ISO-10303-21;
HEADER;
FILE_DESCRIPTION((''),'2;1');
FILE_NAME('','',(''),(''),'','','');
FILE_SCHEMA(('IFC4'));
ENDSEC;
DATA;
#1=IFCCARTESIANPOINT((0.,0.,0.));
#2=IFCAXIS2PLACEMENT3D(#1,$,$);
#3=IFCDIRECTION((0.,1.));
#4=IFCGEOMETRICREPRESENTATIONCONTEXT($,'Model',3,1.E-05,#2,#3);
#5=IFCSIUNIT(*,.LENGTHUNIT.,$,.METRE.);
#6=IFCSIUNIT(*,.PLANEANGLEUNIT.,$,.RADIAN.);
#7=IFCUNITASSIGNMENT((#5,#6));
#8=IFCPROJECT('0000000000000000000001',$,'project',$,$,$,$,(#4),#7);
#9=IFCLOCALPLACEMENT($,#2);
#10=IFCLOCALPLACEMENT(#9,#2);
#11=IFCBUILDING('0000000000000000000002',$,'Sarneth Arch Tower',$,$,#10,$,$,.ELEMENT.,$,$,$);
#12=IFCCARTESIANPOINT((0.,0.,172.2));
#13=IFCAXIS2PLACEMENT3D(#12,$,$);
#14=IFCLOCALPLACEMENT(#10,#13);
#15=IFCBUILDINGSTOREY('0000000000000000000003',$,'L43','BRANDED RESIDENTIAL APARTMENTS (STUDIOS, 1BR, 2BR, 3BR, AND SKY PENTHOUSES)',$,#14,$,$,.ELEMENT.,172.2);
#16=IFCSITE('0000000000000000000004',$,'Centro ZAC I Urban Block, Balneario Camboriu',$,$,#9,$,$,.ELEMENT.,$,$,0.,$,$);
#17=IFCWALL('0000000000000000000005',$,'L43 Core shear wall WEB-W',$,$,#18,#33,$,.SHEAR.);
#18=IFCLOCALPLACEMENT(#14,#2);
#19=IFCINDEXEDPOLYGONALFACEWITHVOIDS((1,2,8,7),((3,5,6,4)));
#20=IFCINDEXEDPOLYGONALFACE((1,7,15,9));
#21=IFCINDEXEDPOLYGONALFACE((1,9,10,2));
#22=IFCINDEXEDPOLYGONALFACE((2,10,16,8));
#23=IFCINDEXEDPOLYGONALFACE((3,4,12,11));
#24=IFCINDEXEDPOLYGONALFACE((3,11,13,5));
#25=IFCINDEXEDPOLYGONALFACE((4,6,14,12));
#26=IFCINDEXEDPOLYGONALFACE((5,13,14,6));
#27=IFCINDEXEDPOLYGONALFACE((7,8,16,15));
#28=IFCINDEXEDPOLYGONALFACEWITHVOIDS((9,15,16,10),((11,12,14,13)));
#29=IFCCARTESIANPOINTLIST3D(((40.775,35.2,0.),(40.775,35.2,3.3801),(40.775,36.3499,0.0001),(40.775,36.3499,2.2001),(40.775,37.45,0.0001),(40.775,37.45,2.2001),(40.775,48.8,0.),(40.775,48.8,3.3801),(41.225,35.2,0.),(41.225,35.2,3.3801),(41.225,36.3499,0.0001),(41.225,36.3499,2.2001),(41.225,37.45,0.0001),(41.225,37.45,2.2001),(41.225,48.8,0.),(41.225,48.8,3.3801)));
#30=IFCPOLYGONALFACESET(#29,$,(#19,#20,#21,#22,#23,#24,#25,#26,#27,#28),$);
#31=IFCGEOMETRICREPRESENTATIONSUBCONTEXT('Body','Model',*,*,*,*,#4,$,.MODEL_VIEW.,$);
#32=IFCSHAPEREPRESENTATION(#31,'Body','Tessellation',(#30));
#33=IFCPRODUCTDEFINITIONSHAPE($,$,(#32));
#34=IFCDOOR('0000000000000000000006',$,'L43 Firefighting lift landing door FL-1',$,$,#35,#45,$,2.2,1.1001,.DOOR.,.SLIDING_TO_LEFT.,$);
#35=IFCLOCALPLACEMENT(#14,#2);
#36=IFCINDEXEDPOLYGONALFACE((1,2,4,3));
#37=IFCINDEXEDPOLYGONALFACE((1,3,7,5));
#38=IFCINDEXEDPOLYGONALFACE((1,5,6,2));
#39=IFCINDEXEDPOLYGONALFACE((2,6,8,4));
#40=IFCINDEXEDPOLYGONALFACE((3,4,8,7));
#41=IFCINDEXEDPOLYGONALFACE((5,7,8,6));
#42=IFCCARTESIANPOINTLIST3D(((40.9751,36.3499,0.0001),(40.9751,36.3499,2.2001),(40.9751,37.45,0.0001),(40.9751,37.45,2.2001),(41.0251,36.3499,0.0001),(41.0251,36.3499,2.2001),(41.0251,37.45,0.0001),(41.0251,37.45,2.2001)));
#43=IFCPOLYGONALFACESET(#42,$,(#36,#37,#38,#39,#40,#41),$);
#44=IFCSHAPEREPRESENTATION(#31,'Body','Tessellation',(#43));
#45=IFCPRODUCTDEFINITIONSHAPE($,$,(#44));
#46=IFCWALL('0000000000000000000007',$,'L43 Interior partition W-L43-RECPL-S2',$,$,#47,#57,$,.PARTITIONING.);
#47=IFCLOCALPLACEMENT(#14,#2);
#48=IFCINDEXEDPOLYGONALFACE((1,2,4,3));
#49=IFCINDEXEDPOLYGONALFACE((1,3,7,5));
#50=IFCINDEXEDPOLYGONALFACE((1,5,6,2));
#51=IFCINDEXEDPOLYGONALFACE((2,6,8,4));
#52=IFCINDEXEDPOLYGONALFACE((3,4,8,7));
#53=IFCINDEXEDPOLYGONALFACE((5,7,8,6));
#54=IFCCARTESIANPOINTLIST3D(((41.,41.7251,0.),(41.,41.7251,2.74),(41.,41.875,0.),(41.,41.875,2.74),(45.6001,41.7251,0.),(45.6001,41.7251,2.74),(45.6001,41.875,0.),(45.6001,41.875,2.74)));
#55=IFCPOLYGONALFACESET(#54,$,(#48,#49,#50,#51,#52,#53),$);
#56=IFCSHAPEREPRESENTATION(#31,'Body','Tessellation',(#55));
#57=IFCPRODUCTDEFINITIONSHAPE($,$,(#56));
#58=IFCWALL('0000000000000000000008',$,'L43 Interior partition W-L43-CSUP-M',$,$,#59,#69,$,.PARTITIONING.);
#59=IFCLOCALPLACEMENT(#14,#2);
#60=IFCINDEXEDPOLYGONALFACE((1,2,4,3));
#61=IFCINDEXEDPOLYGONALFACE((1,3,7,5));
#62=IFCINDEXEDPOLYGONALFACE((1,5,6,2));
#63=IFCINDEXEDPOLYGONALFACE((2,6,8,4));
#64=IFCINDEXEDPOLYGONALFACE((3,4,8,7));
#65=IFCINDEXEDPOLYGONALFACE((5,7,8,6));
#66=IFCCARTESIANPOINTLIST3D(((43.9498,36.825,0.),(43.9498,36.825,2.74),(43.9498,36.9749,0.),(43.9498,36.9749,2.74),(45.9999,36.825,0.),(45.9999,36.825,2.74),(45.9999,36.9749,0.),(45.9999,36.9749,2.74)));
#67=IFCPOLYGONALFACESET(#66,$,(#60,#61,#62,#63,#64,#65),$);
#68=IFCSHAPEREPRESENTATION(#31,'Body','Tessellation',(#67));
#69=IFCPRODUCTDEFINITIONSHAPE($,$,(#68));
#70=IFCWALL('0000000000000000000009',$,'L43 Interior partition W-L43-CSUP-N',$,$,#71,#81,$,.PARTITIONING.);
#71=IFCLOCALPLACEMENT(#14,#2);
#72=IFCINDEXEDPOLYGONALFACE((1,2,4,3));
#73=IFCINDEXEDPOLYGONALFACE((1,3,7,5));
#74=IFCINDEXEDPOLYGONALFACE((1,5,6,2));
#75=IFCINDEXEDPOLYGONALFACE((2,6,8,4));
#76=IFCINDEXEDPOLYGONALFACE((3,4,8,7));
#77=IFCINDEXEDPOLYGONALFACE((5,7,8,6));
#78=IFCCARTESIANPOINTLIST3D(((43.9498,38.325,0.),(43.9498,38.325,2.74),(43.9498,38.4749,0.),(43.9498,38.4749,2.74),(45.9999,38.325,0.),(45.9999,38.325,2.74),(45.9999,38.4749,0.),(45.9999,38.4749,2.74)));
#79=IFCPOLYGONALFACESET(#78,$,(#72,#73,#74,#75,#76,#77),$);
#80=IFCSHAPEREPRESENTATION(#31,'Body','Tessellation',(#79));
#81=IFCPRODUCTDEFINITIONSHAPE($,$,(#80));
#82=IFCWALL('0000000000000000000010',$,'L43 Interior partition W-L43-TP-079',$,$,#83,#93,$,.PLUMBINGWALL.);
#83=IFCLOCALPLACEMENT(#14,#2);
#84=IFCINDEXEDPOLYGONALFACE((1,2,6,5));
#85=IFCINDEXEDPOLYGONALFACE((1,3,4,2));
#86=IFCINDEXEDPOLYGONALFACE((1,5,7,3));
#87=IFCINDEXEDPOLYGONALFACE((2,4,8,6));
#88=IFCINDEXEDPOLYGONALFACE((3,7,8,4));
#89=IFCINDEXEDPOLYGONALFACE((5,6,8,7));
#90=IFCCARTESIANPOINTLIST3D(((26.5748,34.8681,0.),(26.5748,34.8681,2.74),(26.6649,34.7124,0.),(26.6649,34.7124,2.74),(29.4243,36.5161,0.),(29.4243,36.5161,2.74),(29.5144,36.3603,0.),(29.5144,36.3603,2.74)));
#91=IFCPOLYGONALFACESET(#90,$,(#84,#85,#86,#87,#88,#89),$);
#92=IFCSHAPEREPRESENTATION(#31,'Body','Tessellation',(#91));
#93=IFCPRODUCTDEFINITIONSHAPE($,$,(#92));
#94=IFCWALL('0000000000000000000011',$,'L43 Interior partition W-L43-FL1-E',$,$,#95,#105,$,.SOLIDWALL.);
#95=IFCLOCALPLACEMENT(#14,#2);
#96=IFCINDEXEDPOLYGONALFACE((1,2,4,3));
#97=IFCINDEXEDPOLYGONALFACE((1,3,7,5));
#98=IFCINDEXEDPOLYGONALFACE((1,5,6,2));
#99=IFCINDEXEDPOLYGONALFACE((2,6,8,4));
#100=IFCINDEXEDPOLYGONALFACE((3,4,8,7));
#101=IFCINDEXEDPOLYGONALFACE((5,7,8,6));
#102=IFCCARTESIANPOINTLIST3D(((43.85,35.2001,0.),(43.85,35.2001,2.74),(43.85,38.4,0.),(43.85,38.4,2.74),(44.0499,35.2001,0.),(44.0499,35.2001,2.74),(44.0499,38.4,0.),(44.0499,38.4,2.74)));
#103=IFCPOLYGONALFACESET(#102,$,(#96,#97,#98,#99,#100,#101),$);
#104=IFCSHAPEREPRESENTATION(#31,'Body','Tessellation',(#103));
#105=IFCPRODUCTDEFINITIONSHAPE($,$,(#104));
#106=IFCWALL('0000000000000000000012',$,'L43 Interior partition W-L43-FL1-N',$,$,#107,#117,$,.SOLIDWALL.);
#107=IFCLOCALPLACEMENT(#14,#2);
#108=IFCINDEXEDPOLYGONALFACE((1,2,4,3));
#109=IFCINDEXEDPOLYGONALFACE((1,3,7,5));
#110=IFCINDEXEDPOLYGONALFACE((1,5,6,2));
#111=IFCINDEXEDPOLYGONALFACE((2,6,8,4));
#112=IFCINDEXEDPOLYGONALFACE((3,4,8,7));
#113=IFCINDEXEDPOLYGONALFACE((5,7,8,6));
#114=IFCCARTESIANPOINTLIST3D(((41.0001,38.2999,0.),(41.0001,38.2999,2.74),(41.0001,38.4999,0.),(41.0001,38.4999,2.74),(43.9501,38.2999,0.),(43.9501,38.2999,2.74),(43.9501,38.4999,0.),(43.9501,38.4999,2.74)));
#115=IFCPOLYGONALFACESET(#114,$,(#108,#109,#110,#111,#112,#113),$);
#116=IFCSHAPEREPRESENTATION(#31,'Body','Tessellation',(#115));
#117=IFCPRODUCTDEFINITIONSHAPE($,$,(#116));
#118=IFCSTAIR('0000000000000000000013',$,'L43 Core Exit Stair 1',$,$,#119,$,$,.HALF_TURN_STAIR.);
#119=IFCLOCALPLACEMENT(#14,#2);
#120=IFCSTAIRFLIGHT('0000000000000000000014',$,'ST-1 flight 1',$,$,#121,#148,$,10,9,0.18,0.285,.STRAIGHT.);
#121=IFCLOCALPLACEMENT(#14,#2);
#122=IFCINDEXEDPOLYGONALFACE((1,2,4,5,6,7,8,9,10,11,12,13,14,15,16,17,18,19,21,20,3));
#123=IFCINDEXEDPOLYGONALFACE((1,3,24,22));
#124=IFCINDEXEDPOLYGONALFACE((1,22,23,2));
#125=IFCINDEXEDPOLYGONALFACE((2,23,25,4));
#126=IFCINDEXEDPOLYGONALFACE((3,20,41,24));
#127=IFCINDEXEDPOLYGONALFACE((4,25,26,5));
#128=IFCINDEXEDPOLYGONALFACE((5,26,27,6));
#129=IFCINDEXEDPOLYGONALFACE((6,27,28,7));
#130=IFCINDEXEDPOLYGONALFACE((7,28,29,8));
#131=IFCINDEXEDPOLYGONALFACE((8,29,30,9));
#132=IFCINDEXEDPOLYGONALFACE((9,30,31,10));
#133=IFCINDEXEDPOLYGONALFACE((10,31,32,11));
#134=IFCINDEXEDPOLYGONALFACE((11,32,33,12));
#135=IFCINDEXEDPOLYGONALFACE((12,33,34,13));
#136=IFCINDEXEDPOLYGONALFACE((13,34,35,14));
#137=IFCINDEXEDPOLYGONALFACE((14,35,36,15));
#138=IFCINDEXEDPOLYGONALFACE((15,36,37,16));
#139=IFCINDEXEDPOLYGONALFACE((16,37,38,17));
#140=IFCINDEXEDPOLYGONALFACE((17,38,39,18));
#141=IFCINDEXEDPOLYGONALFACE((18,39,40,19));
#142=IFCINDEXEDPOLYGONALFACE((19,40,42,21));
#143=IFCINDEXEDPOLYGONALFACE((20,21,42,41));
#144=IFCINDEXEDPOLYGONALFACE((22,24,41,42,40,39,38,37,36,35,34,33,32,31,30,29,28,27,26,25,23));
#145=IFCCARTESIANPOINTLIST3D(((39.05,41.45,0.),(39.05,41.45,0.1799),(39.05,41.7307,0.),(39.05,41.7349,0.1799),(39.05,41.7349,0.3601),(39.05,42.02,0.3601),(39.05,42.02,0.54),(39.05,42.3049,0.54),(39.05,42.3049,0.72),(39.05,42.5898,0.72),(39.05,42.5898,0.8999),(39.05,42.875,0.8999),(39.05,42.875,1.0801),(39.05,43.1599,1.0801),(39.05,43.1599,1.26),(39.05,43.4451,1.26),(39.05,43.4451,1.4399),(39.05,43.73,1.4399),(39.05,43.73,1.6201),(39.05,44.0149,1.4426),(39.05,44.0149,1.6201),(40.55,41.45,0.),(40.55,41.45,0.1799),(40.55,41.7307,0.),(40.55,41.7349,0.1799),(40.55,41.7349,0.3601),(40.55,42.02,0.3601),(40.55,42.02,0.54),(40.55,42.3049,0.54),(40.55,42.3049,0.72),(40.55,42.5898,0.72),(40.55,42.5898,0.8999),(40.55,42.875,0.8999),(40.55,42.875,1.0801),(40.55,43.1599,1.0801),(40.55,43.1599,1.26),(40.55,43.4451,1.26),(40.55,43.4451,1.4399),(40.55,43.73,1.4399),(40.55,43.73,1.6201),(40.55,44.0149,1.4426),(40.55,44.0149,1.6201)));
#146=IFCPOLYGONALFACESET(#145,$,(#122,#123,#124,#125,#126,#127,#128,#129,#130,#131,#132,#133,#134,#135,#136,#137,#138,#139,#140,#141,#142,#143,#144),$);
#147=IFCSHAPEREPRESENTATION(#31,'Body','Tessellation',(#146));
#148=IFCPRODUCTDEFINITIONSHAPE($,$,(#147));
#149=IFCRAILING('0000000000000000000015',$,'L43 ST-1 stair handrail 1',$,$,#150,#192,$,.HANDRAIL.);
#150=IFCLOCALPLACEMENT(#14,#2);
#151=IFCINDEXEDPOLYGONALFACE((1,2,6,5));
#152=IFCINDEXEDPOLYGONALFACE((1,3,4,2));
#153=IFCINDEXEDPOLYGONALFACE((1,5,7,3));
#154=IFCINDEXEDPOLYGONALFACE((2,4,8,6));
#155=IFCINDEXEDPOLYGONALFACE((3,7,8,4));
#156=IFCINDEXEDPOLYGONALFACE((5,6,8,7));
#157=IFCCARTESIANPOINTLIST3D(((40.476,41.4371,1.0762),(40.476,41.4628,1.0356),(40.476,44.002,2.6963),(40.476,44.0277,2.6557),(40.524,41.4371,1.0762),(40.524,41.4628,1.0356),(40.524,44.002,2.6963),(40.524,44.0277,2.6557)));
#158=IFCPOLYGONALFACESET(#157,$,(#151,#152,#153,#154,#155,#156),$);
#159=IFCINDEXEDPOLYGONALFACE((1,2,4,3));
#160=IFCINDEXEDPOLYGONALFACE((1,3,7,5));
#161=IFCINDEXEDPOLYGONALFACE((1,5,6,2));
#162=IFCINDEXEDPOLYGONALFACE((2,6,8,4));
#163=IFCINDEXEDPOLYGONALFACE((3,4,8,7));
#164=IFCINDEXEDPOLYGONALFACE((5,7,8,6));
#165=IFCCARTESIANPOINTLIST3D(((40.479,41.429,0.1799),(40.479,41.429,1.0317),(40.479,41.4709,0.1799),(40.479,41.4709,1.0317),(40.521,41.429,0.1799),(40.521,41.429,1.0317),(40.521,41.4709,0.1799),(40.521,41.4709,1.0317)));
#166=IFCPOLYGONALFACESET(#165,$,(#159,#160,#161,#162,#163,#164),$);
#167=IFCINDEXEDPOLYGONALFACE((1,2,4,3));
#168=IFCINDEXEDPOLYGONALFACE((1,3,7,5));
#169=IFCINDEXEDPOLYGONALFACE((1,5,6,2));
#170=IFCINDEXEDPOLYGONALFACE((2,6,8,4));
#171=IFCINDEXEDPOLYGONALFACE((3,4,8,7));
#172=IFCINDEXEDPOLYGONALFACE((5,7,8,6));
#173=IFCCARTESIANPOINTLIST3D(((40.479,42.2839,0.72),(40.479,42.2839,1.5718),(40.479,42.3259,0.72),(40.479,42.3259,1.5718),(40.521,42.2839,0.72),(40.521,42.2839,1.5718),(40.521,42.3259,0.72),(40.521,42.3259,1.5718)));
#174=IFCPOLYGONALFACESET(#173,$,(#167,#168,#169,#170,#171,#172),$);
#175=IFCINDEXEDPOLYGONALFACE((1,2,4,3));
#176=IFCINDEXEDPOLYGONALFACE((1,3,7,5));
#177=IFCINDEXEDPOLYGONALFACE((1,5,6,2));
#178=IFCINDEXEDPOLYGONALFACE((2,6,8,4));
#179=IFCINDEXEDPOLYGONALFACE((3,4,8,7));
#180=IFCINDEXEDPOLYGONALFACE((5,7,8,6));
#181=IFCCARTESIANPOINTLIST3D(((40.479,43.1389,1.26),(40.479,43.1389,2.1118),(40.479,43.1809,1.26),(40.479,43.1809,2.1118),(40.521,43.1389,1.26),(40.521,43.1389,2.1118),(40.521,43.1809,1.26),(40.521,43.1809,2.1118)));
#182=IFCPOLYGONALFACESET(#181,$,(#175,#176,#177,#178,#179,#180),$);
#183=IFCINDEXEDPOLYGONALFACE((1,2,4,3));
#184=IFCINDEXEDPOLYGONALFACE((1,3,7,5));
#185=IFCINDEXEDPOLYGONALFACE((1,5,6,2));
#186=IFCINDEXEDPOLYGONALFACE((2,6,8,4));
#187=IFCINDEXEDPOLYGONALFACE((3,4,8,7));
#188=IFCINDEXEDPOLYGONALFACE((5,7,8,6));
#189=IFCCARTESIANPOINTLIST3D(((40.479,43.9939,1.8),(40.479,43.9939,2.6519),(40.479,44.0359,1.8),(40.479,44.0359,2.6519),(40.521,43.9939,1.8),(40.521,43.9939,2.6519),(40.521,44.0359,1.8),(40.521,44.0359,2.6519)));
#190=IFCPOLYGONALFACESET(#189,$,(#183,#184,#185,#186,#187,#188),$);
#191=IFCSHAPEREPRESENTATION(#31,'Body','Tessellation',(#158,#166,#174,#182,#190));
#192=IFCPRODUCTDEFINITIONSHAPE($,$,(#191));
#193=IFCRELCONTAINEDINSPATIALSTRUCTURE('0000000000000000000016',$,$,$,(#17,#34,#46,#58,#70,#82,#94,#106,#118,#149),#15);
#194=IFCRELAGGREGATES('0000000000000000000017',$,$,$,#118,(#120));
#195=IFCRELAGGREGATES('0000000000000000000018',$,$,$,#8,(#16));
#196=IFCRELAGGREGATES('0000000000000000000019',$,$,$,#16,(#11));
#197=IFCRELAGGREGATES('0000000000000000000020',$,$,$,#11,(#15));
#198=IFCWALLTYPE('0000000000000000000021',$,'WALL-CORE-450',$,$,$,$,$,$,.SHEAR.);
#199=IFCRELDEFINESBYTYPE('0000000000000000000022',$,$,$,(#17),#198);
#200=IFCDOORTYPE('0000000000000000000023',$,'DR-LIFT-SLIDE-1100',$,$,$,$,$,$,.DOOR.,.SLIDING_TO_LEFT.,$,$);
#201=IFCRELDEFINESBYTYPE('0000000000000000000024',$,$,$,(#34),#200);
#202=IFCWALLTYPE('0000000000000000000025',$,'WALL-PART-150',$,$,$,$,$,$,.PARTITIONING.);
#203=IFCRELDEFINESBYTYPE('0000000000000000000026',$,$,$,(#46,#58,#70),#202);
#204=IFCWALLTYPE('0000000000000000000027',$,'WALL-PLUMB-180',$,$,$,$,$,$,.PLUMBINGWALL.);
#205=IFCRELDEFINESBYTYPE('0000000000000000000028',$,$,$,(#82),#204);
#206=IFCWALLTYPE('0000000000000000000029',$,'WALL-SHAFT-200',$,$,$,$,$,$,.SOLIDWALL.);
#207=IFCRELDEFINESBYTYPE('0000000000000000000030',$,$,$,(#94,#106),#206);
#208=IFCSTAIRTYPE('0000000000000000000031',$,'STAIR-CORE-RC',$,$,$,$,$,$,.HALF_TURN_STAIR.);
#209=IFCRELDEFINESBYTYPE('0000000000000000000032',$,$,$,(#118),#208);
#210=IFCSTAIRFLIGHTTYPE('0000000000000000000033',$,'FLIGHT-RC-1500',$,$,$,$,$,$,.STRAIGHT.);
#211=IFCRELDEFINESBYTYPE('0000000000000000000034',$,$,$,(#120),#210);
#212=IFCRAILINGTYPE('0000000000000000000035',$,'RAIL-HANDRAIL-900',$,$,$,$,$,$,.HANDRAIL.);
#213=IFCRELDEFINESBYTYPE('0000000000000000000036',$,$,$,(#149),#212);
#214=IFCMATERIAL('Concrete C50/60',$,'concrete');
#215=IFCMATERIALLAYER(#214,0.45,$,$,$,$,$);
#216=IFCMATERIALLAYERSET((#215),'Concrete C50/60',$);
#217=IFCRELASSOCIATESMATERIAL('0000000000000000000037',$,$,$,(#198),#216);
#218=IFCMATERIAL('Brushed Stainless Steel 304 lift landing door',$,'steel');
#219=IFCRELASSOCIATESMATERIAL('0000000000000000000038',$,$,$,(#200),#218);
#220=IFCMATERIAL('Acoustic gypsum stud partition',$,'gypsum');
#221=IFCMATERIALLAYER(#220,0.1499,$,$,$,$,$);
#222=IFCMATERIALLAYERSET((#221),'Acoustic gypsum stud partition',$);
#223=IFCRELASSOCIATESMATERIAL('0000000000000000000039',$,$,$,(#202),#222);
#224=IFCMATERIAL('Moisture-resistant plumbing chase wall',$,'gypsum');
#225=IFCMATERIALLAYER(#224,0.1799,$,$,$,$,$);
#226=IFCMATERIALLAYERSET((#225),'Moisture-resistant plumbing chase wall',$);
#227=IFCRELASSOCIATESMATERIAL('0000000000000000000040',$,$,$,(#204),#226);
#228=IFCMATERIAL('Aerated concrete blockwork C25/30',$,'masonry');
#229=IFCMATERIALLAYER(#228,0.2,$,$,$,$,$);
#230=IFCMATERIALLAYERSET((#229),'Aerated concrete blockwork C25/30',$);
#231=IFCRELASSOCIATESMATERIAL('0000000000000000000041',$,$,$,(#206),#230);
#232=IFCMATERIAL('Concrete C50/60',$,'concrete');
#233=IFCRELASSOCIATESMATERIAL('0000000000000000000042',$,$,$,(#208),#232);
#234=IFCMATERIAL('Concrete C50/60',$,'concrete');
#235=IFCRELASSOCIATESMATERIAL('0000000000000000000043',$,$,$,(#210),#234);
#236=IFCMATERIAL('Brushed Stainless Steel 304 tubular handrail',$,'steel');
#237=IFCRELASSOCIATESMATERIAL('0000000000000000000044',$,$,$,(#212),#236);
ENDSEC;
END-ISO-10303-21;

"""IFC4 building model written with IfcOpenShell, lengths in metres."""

from ifc_helpers import new_model, si_unit, direction, frame, frame_2d, origin, origin_2d, place, context, subcontext, project, spatial, polyline, rectangle, outline, extrude, material, layer, layer_set, type_object, element, fill, aggregate, save


model = new_model("IFC4")

# Units and contexts
model_context = context("Model", 3, precision=1e-05, world=origin(), true_north=direction((0.0, 1.0)))
body_context = subcontext(model_context, "Body", "Model", "MODEL_VIEW")
ifc_project = project(units=[si_unit("LENGTHUNIT", "METRE"), si_unit("PLANEANGLEUNIT", "RADIAN")], contexts=[model_context])

# Site, building, storey
site_placement = place(None, origin())
site = spatial("IfcSite", under=ifc_project, at=site_placement, Name="Centro ZAC I Urban Block, Balneario Camboriu", CompositionType="ELEMENT", RefElevation=0.0)
building_placement = place(site_placement, origin())
building = spatial("IfcBuilding", under=site, at=building_placement, Name="Sarneth Arch Tower", CompositionType="ELEMENT")
storey_placement = place(building_placement, frame((0.0, 0.0, 172.2)))
storey = spatial("IfcBuildingStorey", under=building, at=storey_placement, Name="L43", Description="BRANDED RESIDENTIAL APARTMENTS (STUDIOS, 1BR, 2BR, 3BR, AND SKY PENTHOUSES)", CompositionType="ELEMENT", Elevation=172.2)

# Shared definitions
ifc_material_1 = material(Name="Concrete C50/60", Category="concrete")
ifc_layer_1 = layer(ifc_material_1, 0.45)
ifc_layer_set_1 = layer_set([ifc_layer_1], Name="Concrete C50/60")
wall_type_1 = type_object("IfcWallType", Name="WALL-CORE-450", PredefinedType="SHEAR", material=ifc_layer_set_1)

# Wall, opening, door
wall_1_placement = place(storey_placement, frame((41.0, 35.2, 0.0), z_axis=(0.0, 0.0, 1.0), x_axis=(0.0, 1.0, 0.0)))
wall_1 = element("IfcWall", 1, at=wall_1_placement, inside=storey, type_object=wall_type_1, Name="L43 Core shear wall WEB-W", PredefinedType="SHEAR", context=body_context, shape_type="SweptSolid", body=[
    extrude(rectangle(XDim=13.6001, YDim=0.45, at=frame_2d((6.8, 0.0))), origin(), (0.0, 0.0, 1.0), 3.3801),
])
opening_1_placement = place(wall_1_placement, frame((1.1499, 0.0, 0.0)))
opening_1 = element("IfcOpeningElement", 2, at=opening_1_placement, cuts=wall_1, PredefinedType="OPENING", context=body_context, shape_type="SweptSolid", body=[
    extrude(rectangle(XDim=1.1001, YDim=2.2, at=frame_2d((0.55, 1.1001))), frame((0.0, 0.2349, 0.0), z_axis=(0.0, -1.0, 0.0), x_axis=(1.0, 0.0, 0.0)), (0.0, 0.0, 1.0), 0.47),
])
ifc_material_2 = material(Name="Brushed Stainless Steel 304 lift landing door", Category="steel")
door_type_1 = type_object("IfcDoorType", Name="DR-LIFT-SLIDE-1100", OperationType="SLIDING_TO_LEFT", PredefinedType="DOOR", material=ifc_material_2)
door_1_placement = place(opening_1_placement, origin())
door_1 = element("IfcDoor", 3, at=door_1_placement, inside=storey, type_object=door_type_1, Name="L43 Firefighting lift landing door FL-1", OperationType="SLIDING_TO_LEFT", OverallHeight=2.2, OverallWidth=1.1001, PredefinedType="DOOR", context=body_context, shape_type="SweptSolid", body=[
    extrude(rectangle(XDim=1.1001, YDim=2.2, at=frame_2d((0.55, 1.1001))), frame((0.0, 0.0249, 0.0), z_axis=(0.0, -1.0, 0.0), x_axis=(1.0, 0.0, 0.0)), (0.0, 0.0, 1.0), 0.05),
])
fill(opening_1, door_1)
ifc_material_3 = material(Name="Acoustic gypsum stud partition", Category="gypsum")
ifc_layer_2 = layer(ifc_material_3, 0.1499)
ifc_layer_set_2 = layer_set([ifc_layer_2], Name="Acoustic gypsum stud partition")
wall_type_2 = type_object("IfcWallType", Name="WALL-PART-150", PredefinedType="PARTITIONING", material=ifc_layer_set_2)

# Wall
wall_2_placement = place(storey_placement, frame((41.0, 41.8, 0.0), z_axis=(0.0, 0.0, 1.0), x_axis=(1.0, 0.0, 0.0)))
element("IfcWall", 4, at=wall_2_placement, inside=storey, type_object=wall_type_2, Name="L43 Interior partition W-L43-RECPL-S2", PredefinedType="PARTITIONING", context=body_context, shape_type="SweptSolid", body=[
    extrude(rectangle(XDim=4.6001, YDim=0.1499, at=frame_2d((2.3, 0.0))), origin(), (0.0, 0.0, 1.0), 2.74),
])

# Walls
for number, where, z_axis, x_axis, name in (
    (5, (43.95, 36.8999, 0.0), (0.0, 0.0, 1.0), (1.0, 0.0, 0.0), "L43 Interior partition W-L43-CSUP-M"),
    (6, (43.95, 38.3999, 0.0), (0.0, 0.0, 1.0), (1.0, 0.0, 0.0), "L43 Interior partition W-L43-CSUP-N"),
):
    element("IfcWall", number, at=place(storey_placement, frame(where, z_axis=z_axis, x_axis=x_axis)), inside=storey, type_object=wall_type_2, Name=name, PredefinedType="PARTITIONING", context=body_context, shape_type="SweptSolid", body=[
        extrude(rectangle(XDim=2.05, YDim=0.1499, at=frame_2d((1.0249, 0.0))), origin(), (0.0, 0.0, 1.0), 2.74),
    ])

# Wall
ifc_material_4 = material(Name="Moisture-resistant plumbing chase wall", Category="gypsum")
ifc_layer_3 = layer(ifc_material_4, 0.1799)
ifc_layer_set_3 = layer_set([ifc_layer_3], Name="Moisture-resistant plumbing chase wall")
wall_type_3 = type_object("IfcWallType", Name="WALL-PLUMB-180", PredefinedType="PLUMBINGWALL", material=ifc_layer_set_3)
wall_3_placement = place(storey_placement, frame((29.4695, 36.4382, 0.0), z_axis=(0.0, 0.0, 1.0), x_axis=(-0.865667, -0.500621, 0.0)))
element("IfcWall", 7, at=wall_3_placement, inside=storey, type_object=wall_type_3, Name="L43 Interior partition W-L43-TP-079", PredefinedType="PLUMBINGWALL", context=body_context, shape_type="SweptSolid", body=[
    extrude(rectangle(XDim=3.2917, YDim=0.1799, at=frame_2d((1.646, 0.0))), origin(), (0.0, 0.0, 1.0), 2.74),
])

# Shared definitions
ifc_material_5 = material(Name="Aerated concrete blockwork C25/30", Category="masonry")
ifc_layer_4 = layer(ifc_material_5, 0.2)
ifc_layer_set_4 = layer_set([ifc_layer_4], Name="Aerated concrete blockwork C25/30")
wall_type_4 = type_object("IfcWallType", Name="WALL-SHAFT-200", PredefinedType="SOLIDWALL", material=ifc_layer_set_4)

# Walls
wall_4_placement = place(storey_placement, frame((43.95, 35.2, 0.0), z_axis=(0.0, 0.0, 1.0), x_axis=(0.0, 1.0, 0.0)))
element("IfcWall", 8, at=wall_4_placement, inside=storey, type_object=wall_type_4, Name="L43 Interior partition W-L43-FL1-E", PredefinedType="SOLIDWALL", context=body_context, shape_type="SweptSolid", body=[
    extrude(rectangle(XDim=3.2, YDim=0.2, at=frame_2d((1.6001, 0.0))), origin(), (0.0, 0.0, 1.0), 2.74),
])
wall_5_placement = place(storey_placement, frame((41.0, 38.3999, 0.0), z_axis=(0.0, 0.0, 1.0), x_axis=(1.0, 0.0, 0.0)))
element("IfcWall", 9, at=wall_5_placement, inside=storey, type_object=wall_type_4, Name="L43 Interior partition W-L43-FL1-N", PredefinedType="SOLIDWALL", context=body_context, shape_type="SweptSolid", body=[
    extrude(rectangle(XDim=2.95, YDim=0.2, at=frame_2d((1.4751, 0.0))), origin(), (0.0, 0.0, 1.0), 2.74),
])

# Stair, stair flight
ifc_material_6 = material(Name="Concrete C50/60", Category="concrete")
stair_type = type_object("IfcStairType", Name="STAIR-CORE-RC", PredefinedType="HALF_TURN_STAIR", material=ifc_material_6)
stair_placement = place(storey_placement, origin())
stair = element("IfcStair", 10, at=stair_placement, inside=storey, type_object=stair_type, Name="L43 Core Exit Stair 1", PredefinedType="HALF_TURN_STAIR")
ifc_material_7 = material(Name="Concrete C50/60", Category="concrete")
stair_flight_type = type_object("IfcStairFlightType", Name="FLIGHT-RC-1500", PredefinedType="STRAIGHT", material=ifc_material_7)
stair_flight_placement = place(storey_placement, frame((39.8, 41.45, 0.0), z_axis=(0.0, 0.0, 1.0), x_axis=(0.0, 1.0, 0.0)))
stair_flight = element("IfcStairFlight", 11, at=stair_flight_placement, type_object=stair_flight_type, Name="ST-1 flight 1", NumberOfRisers=10, NumberOfTreads=9, PredefinedType="STRAIGHT", RiserHeight=0.18, TreadLength=0.285, context=body_context, shape_type="SweptSolid", body=[
    extrude(outline(polyline([(0.0, 0.0), (0.0, 0.1799), (0.2849, 0.1799), (0.2849, 0.3601), (0.5701, 0.3601), (0.5701, 0.54), (0.855, 0.54), (0.855, 0.72), (1.1399, 0.72), (1.1399, 0.8999), (1.425, 0.8999), (1.425, 1.0801), (1.71, 1.0801), (1.71, 1.26), (1.9951, 1.26), (1.9951, 1.4399), (2.28, 1.4399), (2.28, 1.6201), (2.5649, 1.6201), (2.5649, 1.8), (2.5649, 1.4426), (0.2808, 0.0), (0.0, 0.0)])), frame((0.0, 0.75, 0.0), z_axis=(0.0, -1.0, 0.0), x_axis=(1.0, 0.0, 0.0)), (0.0, 0.0, 1.0), 1.5),
])
aggregate(stair, [stair_flight])

# Railing
ifc_material_8 = material(Name="Brushed Stainless Steel 304 tubular handrail", Category="steel")
railing_type_1 = type_object("IfcRailingType", Name="RAIL-HANDRAIL-900", PredefinedType="HANDRAIL", material=ifc_material_8)
railing_1_placement = place(storey_placement, frame((40.5, 41.45, 0.1799)))
element("IfcRailing", 12, at=railing_1_placement, inside=storey, type_object=railing_type_1, Name="L43 ST-1 stair handrail 1", PredefinedType="HANDRAIL", context=body_context, shape_type="SweptSolid", body=[
    extrude(rectangle(XDim=0.0481, YDim=0.0481, at=origin_2d()), frame((0.0, 0.0, 0.876), z_axis=(0.0, 0.845466, 0.534029), x_axis=(-1.0, 0.0, 0.0)), (0.0, 0.0, 1.0), 3.0337),
    extrude(rectangle(XDim=0.042, YDim=0.042, at=origin_2d()), origin(), (0.0, 0.0, 1.0), 0.8518),
    extrude(rectangle(XDim=0.042, YDim=0.042, at=origin_2d()), frame((0.0, 0.855, 0.54)), (0.0, 0.0, 1.0), 0.8518),
    extrude(rectangle(XDim=0.042, YDim=0.042, at=origin_2d()), frame((0.0, 1.71, 1.0801)), (0.0, 0.0, 1.0), 0.8518),
    extrude(rectangle(XDim=0.042, YDim=0.042, at=origin_2d()), frame((0.0, 2.5649, 1.6201)), (0.0, 0.0, 1.0), 0.8518),
])

save(model, "model.ifc")
